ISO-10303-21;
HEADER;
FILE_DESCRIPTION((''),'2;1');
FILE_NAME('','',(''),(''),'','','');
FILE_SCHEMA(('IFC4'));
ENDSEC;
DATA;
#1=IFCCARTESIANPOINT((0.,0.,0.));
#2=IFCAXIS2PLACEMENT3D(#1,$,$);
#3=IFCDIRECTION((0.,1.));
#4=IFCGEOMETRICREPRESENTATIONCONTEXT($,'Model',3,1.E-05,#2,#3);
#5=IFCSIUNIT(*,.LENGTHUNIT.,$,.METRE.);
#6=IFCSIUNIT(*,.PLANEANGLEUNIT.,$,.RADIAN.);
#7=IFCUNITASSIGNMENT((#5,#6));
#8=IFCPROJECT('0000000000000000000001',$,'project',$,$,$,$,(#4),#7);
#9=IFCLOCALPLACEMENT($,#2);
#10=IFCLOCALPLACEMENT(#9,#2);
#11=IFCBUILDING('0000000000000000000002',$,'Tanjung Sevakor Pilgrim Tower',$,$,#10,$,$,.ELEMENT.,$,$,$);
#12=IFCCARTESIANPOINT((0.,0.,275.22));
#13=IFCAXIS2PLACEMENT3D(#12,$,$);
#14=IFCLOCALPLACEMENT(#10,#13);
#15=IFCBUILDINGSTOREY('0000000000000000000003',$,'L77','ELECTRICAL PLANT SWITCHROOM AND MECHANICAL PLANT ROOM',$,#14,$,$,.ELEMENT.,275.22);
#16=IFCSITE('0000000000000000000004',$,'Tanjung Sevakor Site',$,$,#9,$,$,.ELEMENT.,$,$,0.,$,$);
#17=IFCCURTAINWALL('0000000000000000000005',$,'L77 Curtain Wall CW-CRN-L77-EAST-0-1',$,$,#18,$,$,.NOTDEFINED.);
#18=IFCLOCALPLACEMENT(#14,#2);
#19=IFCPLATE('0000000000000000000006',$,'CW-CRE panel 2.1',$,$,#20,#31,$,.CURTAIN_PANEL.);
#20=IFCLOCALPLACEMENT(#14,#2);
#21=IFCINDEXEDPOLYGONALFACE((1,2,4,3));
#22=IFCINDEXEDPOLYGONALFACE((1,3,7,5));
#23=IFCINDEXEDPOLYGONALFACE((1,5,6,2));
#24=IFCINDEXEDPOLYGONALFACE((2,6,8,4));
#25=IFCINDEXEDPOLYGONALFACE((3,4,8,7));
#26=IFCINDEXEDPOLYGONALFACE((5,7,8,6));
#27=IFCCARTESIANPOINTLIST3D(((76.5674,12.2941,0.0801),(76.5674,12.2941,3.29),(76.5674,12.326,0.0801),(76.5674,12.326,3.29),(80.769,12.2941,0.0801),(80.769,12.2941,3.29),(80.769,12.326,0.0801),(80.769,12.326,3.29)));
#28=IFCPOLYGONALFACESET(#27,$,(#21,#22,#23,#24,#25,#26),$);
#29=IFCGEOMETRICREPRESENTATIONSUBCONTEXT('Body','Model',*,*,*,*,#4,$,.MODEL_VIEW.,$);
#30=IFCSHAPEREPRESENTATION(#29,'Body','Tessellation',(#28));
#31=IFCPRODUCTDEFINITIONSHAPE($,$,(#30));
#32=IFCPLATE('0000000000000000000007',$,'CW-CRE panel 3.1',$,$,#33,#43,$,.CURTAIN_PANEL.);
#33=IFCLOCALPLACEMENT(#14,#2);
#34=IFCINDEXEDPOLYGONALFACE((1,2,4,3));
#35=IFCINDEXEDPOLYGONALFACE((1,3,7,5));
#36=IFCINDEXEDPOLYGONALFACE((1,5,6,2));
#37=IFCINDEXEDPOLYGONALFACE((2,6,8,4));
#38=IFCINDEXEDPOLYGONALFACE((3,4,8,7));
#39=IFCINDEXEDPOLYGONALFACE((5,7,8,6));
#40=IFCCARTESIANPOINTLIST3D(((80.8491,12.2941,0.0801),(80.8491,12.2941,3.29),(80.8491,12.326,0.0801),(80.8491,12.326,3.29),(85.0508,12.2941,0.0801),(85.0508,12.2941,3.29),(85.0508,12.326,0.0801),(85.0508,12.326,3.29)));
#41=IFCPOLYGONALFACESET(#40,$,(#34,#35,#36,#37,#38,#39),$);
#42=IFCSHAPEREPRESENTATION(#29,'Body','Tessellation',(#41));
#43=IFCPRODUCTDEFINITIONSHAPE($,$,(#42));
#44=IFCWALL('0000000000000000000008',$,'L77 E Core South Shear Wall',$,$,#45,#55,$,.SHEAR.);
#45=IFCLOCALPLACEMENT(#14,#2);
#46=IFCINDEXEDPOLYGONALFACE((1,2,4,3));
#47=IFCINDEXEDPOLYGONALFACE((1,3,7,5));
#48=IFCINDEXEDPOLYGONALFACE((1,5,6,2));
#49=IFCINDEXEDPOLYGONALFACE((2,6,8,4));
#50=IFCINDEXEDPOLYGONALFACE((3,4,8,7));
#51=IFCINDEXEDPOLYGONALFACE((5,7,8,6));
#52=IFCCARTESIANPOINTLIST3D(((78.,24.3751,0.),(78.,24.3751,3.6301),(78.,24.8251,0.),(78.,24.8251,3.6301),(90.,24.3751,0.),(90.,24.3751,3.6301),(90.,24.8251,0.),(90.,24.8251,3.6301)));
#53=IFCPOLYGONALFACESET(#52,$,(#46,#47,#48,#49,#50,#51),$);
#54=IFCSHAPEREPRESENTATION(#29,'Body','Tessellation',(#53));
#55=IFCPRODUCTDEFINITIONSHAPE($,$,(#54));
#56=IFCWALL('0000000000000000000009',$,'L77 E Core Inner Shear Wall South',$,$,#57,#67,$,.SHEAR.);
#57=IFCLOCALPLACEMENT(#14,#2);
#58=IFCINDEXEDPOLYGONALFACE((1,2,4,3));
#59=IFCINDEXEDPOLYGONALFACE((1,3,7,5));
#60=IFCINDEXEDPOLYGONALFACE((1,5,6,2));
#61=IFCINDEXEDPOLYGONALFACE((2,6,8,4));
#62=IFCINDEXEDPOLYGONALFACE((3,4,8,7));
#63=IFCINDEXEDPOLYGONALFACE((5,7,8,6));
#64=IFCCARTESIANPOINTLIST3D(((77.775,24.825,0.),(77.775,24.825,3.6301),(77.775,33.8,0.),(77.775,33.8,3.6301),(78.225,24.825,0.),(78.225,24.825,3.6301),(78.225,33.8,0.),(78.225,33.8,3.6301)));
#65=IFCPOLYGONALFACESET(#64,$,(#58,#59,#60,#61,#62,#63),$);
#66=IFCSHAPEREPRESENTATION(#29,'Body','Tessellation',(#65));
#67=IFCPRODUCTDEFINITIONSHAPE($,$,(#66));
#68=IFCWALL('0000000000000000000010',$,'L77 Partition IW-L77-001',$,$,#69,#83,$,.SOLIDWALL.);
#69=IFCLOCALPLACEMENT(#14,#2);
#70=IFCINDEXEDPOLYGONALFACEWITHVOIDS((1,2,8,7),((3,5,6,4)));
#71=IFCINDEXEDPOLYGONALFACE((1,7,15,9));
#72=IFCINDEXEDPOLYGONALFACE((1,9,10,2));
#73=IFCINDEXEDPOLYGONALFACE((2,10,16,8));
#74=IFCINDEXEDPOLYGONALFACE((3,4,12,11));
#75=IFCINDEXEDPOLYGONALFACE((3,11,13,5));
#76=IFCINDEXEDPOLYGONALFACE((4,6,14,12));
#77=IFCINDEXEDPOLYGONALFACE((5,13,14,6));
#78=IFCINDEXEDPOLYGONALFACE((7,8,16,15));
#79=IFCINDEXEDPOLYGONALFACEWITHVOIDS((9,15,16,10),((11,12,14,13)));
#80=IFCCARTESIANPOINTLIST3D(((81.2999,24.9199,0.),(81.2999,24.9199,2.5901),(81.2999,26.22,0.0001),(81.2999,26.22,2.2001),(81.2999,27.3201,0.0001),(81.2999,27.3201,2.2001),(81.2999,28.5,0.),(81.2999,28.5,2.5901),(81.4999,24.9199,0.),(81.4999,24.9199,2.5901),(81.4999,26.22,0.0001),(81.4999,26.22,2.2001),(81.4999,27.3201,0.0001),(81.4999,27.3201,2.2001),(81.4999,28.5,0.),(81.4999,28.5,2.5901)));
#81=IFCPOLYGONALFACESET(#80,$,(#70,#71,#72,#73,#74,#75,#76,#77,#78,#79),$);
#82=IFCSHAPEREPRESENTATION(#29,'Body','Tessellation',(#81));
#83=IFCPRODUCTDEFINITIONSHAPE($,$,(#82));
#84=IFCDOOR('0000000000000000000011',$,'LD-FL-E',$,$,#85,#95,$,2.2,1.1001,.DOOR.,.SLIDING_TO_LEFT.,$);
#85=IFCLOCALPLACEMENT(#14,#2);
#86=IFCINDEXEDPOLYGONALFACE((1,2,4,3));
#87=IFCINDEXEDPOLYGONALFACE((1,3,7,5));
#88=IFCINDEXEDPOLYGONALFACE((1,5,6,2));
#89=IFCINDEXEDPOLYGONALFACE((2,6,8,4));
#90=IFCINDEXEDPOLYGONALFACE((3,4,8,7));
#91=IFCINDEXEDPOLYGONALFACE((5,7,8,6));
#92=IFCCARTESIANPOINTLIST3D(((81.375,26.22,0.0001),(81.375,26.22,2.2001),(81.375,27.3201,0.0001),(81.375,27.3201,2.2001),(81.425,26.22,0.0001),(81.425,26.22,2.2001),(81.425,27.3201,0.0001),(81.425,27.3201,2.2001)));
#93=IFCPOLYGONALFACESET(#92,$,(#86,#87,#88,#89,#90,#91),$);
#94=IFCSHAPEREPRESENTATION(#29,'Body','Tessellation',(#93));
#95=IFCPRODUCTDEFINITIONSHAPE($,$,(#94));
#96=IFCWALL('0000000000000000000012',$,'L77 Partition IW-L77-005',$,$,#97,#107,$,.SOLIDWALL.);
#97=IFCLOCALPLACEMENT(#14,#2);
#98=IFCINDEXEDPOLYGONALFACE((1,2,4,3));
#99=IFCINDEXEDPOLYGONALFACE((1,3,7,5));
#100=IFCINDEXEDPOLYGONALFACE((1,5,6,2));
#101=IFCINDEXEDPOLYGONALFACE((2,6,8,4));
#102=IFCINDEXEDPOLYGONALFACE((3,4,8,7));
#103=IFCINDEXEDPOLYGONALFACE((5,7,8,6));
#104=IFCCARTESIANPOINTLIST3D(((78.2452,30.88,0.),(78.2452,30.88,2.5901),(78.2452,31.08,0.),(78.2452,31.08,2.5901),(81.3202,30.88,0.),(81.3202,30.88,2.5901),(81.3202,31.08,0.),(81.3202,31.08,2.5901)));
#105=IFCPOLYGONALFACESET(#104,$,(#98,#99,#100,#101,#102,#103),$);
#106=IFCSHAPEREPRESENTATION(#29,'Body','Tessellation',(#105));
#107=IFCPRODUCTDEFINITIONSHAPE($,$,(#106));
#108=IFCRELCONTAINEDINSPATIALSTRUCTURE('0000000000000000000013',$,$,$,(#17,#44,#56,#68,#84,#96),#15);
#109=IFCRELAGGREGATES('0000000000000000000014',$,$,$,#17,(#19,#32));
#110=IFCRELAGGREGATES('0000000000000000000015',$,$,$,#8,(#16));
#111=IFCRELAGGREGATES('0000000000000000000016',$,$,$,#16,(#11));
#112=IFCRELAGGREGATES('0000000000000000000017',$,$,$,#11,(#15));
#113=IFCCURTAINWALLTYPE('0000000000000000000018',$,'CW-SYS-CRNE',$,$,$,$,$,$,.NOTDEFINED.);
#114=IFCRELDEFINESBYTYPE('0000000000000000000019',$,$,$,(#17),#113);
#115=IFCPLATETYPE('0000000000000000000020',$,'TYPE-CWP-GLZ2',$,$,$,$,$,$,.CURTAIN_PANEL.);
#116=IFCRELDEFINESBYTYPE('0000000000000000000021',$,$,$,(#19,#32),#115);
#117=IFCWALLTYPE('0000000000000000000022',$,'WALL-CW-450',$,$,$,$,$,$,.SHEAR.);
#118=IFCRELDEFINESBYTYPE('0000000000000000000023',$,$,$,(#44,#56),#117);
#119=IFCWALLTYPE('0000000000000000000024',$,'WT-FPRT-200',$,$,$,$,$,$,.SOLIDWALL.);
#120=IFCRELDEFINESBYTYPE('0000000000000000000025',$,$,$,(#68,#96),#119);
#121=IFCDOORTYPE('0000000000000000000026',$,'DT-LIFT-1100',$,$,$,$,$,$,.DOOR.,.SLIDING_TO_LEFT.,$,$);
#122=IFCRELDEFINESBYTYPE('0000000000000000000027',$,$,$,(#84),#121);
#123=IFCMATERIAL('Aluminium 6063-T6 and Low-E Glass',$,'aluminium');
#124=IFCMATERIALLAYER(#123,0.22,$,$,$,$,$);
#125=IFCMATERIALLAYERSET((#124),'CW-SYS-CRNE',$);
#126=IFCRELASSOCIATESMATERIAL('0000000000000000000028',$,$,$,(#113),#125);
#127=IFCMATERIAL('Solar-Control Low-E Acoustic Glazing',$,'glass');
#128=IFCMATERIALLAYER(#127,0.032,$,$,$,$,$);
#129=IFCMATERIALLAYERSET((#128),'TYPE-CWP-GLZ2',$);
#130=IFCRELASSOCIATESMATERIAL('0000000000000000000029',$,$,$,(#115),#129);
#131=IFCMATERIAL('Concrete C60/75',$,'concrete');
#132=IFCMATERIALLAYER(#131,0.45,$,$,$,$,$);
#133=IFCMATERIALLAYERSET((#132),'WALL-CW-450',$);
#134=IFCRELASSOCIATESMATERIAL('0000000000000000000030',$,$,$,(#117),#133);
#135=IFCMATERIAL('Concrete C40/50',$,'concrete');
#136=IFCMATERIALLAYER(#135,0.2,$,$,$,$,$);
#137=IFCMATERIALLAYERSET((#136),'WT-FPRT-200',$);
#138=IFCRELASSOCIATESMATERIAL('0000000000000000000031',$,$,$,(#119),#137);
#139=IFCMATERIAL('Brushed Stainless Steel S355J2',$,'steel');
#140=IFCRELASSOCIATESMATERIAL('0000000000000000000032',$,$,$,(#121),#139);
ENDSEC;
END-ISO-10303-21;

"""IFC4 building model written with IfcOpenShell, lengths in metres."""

from ifc_helpers import new_model, si_unit, direction, frame, frame_2d, origin, origin_2d, place, context, subcontext, project, spatial, rectangle, extrude, material, layer, layer_set, type_object, element, fill, aggregate, save


model = new_model("IFC4")

# Units and contexts
model_context = context("Model", 3, precision=1e-05, world=origin(), true_north=direction((0.0, 1.0)))
body_context = subcontext(model_context, "Body", "Model", "MODEL_VIEW")
ifc_project = project(units=[si_unit("LENGTHUNIT", "METRE"), si_unit("PLANEANGLEUNIT", "RADIAN")], contexts=[model_context])

# Site, building, storey
site_placement = place(None, origin())
site = spatial("IfcSite", under=ifc_project, at=site_placement, Name="Tanjung Sevakor Site", CompositionType="ELEMENT", RefElevation=0.0)
building_placement = place(site_placement, origin())
building = spatial("IfcBuilding", under=site, at=building_placement, Name="Tanjung Sevakor Pilgrim Tower", CompositionType="ELEMENT")
storey_placement = place(building_placement, frame((0.0, 0.0, 275.22)))
storey = spatial("IfcBuildingStorey", under=building, at=storey_placement, Name="L77", Description="ELECTRICAL PLANT SWITCHROOM AND MECHANICAL PLANT ROOM", CompositionType="ELEMENT", Elevation=275.22)

# Curtain wall, plates
ifc_material_1 = material(Name="Aluminium 6063-T6 and Low-E Glass", Category="aluminium")
ifc_layer_1 = layer(ifc_material_1, 0.22)
ifc_layer_set_1 = layer_set([ifc_layer_1], Name="CW-SYS-CRNE")
curtain_wall_type = type_object("IfcCurtainWallType", Name="CW-SYS-CRNE", PredefinedType="NOTDEFINED", material=ifc_layer_set_1)
curtain_wall_placement = place(storey_placement, origin())
curtain_wall = element("IfcCurtainWall", 1, at=curtain_wall_placement, inside=storey, type_object=curtain_wall_type, Name="L77 Curtain Wall CW-CRN-L77-EAST-0-1", PredefinedType="NOTDEFINED")
ifc_material_2 = material(Name="Solar-Control Low-E Acoustic Glazing", Category="glass")
ifc_layer_2 = layer(ifc_material_2, 0.032)
ifc_layer_set_2 = layer_set([ifc_layer_2], Name="TYPE-CWP-GLZ2")
plate_type = type_object("IfcPlateType", Name="TYPE-CWP-GLZ2", PredefinedType="CURTAIN_PANEL", material=ifc_layer_set_2)
plate_1_placement = place(storey_placement, frame((78.6682, 12.3101, 0.0801), z_axis=(0.0, 0.0, 1.0), x_axis=(1.0, 0.0, 0.0)))
plate_1 = element("IfcPlate", 2, at=plate_1_placement, type_object=plate_type, Name="CW-CRE panel 2.1", PredefinedType="CURTAIN_PANEL", context=body_context, shape_type="SweptSolid", body=[
    extrude(rectangle(XDim=4.2017, YDim=0.032, at=origin_2d()), origin(), (0.0, 0.0, 1.0), 3.21),
])
plate_2_placement = place(storey_placement, frame((82.95, 12.3101, 0.0801), z_axis=(0.0, 0.0, 1.0), x_axis=(1.0, 0.0, 0.0)))
plate_2 = element("IfcPlate", 3, at=plate_2_placement, type_object=plate_type, Name="CW-CRE panel 3.1", PredefinedType="CURTAIN_PANEL", context=body_context, shape_type="SweptSolid", body=[
    extrude(rectangle(XDim=4.2017, YDim=0.032, at=origin_2d()), origin(), (0.0, 0.0, 1.0), 3.21),
])
aggregate(curtain_wall, [plate_1, plate_2])

# Walls
ifc_material_3 = material(Name="Concrete C60/75", Category="concrete")
ifc_layer_3 = layer(ifc_material_3, 0.45)
ifc_layer_set_3 = layer_set([ifc_layer_3], Name="WALL-CW-450")
wall_type_1 = type_object("IfcWallType", Name="WALL-CW-450", PredefinedType="SHEAR", material=ifc_layer_set_3)
wall_1_placement = place(storey_placement, frame((78.0, 24.6001, 0.0), z_axis=(0.0, 0.0, 1.0), x_axis=(1.0, 0.0, 0.0)))
element("IfcWall", 4, at=wall_1_placement, inside=storey, type_object=wall_type_1, Name="L77 E Core South Shear Wall", PredefinedType="SHEAR", context=body_context, shape_type="SweptSolid", body=[
    extrude(rectangle(XDim=12.0, YDim=0.45, at=frame_2d((6.0, 0.0))), origin(), (0.0, 0.0, 1.0), 3.6301),
])
wall_2_placement = place(storey_placement, frame((78.0, 24.825, 0.0), z_axis=(0.0, 0.0, 1.0), x_axis=(0.0, 1.0, 0.0)))
element("IfcWall", 5, at=wall_2_placement, inside=storey, type_object=wall_type_1, Name="L77 E Core Inner Shear Wall South", PredefinedType="SHEAR", context=body_context, shape_type="SweptSolid", body=[
    extrude(rectangle(XDim=8.9751, YDim=0.45, at=frame_2d((4.4875, 0.0))), origin(), (0.0, 0.0, 1.0), 3.6301),
])

# Wall, opening, door
ifc_material_4 = material(Name="Concrete C40/50", Category="concrete")
ifc_layer_4 = layer(ifc_material_4, 0.2)
ifc_layer_set_4 = layer_set([ifc_layer_4], Name="WT-FPRT-200")
wall_type_2 = type_object("IfcWallType", Name="WT-FPRT-200", PredefinedType="SOLIDWALL", material=ifc_layer_set_4)
wall_3_placement = place(storey_placement, frame((81.3999, 24.9199, 0.0), z_axis=(0.0, 0.0, 1.0), x_axis=(0.0, 1.0, 0.0)))
wall_3 = element("IfcWall", 6, at=wall_3_placement, inside=storey, type_object=wall_type_2, Name="L77 Partition IW-L77-001", PredefinedType="SOLIDWALL", context=body_context, shape_type="SweptSolid", body=[
    extrude(rectangle(XDim=3.5801, YDim=0.2, at=frame_2d((1.79, 0.0))), origin(), (0.0, 0.0, 1.0), 2.5901),
])
opening_1_placement = place(wall_3_placement, frame((1.3, 0.0, 0.0)))
opening_1 = element("IfcOpeningElement", 7, at=opening_1_placement, cuts=wall_3, PredefinedType="OPENING", context=body_context, shape_type="SweptSolid", body=[
    extrude(rectangle(XDim=1.1001, YDim=2.2, at=frame_2d((0.55, 1.1001))), frame((0.0, 0.1099, 0.0), z_axis=(0.0, -1.0, 0.0), x_axis=(1.0, 0.0, 0.0)), (0.0, 0.0, 1.0), 0.22),
])
ifc_material_5 = material(Name="Brushed Stainless Steel S355J2", Category="steel")
door_type_1 = type_object("IfcDoorType", Name="DT-LIFT-1100", OperationType="SLIDING_TO_LEFT", PredefinedType="DOOR", material=ifc_material_5)
door_1_placement = place(opening_1_placement, origin())
door_1 = element("IfcDoor", 8, at=door_1_placement, inside=storey, type_object=door_type_1, Name="LD-FL-E", OperationType="SLIDING_TO_LEFT", OverallHeight=2.2, OverallWidth=1.1001, PredefinedType="DOOR", context=body_context, shape_type="SweptSolid", body=[
    extrude(rectangle(XDim=1.1001, YDim=2.2, at=frame_2d((0.55, 1.1001))), frame((0.0, 0.0249, 0.0), z_axis=(0.0, -1.0, 0.0), x_axis=(1.0, 0.0, 0.0)), (0.0, 0.0, 1.0), 0.05),
])
fill(opening_1, door_1)

# Wall
wall_4_placement = place(storey_placement, frame((78.2451, 30.98, 0.0), z_axis=(0.0, 0.0, 1.0), x_axis=(1.0, 0.0, 0.0)))
element("IfcWall", 9, at=wall_4_placement, inside=storey, type_object=wall_type_2, Name="L77 Partition IW-L77-005", PredefinedType="SOLIDWALL", context=body_context, shape_type="SweptSolid", body=[
    extrude(rectangle(XDim=3.075, YDim=0.2, at=frame_2d((1.5376, 0.0))), origin(), (0.0, 0.0, 1.0), 2.5901),
])

save(model, "model.ifc")
